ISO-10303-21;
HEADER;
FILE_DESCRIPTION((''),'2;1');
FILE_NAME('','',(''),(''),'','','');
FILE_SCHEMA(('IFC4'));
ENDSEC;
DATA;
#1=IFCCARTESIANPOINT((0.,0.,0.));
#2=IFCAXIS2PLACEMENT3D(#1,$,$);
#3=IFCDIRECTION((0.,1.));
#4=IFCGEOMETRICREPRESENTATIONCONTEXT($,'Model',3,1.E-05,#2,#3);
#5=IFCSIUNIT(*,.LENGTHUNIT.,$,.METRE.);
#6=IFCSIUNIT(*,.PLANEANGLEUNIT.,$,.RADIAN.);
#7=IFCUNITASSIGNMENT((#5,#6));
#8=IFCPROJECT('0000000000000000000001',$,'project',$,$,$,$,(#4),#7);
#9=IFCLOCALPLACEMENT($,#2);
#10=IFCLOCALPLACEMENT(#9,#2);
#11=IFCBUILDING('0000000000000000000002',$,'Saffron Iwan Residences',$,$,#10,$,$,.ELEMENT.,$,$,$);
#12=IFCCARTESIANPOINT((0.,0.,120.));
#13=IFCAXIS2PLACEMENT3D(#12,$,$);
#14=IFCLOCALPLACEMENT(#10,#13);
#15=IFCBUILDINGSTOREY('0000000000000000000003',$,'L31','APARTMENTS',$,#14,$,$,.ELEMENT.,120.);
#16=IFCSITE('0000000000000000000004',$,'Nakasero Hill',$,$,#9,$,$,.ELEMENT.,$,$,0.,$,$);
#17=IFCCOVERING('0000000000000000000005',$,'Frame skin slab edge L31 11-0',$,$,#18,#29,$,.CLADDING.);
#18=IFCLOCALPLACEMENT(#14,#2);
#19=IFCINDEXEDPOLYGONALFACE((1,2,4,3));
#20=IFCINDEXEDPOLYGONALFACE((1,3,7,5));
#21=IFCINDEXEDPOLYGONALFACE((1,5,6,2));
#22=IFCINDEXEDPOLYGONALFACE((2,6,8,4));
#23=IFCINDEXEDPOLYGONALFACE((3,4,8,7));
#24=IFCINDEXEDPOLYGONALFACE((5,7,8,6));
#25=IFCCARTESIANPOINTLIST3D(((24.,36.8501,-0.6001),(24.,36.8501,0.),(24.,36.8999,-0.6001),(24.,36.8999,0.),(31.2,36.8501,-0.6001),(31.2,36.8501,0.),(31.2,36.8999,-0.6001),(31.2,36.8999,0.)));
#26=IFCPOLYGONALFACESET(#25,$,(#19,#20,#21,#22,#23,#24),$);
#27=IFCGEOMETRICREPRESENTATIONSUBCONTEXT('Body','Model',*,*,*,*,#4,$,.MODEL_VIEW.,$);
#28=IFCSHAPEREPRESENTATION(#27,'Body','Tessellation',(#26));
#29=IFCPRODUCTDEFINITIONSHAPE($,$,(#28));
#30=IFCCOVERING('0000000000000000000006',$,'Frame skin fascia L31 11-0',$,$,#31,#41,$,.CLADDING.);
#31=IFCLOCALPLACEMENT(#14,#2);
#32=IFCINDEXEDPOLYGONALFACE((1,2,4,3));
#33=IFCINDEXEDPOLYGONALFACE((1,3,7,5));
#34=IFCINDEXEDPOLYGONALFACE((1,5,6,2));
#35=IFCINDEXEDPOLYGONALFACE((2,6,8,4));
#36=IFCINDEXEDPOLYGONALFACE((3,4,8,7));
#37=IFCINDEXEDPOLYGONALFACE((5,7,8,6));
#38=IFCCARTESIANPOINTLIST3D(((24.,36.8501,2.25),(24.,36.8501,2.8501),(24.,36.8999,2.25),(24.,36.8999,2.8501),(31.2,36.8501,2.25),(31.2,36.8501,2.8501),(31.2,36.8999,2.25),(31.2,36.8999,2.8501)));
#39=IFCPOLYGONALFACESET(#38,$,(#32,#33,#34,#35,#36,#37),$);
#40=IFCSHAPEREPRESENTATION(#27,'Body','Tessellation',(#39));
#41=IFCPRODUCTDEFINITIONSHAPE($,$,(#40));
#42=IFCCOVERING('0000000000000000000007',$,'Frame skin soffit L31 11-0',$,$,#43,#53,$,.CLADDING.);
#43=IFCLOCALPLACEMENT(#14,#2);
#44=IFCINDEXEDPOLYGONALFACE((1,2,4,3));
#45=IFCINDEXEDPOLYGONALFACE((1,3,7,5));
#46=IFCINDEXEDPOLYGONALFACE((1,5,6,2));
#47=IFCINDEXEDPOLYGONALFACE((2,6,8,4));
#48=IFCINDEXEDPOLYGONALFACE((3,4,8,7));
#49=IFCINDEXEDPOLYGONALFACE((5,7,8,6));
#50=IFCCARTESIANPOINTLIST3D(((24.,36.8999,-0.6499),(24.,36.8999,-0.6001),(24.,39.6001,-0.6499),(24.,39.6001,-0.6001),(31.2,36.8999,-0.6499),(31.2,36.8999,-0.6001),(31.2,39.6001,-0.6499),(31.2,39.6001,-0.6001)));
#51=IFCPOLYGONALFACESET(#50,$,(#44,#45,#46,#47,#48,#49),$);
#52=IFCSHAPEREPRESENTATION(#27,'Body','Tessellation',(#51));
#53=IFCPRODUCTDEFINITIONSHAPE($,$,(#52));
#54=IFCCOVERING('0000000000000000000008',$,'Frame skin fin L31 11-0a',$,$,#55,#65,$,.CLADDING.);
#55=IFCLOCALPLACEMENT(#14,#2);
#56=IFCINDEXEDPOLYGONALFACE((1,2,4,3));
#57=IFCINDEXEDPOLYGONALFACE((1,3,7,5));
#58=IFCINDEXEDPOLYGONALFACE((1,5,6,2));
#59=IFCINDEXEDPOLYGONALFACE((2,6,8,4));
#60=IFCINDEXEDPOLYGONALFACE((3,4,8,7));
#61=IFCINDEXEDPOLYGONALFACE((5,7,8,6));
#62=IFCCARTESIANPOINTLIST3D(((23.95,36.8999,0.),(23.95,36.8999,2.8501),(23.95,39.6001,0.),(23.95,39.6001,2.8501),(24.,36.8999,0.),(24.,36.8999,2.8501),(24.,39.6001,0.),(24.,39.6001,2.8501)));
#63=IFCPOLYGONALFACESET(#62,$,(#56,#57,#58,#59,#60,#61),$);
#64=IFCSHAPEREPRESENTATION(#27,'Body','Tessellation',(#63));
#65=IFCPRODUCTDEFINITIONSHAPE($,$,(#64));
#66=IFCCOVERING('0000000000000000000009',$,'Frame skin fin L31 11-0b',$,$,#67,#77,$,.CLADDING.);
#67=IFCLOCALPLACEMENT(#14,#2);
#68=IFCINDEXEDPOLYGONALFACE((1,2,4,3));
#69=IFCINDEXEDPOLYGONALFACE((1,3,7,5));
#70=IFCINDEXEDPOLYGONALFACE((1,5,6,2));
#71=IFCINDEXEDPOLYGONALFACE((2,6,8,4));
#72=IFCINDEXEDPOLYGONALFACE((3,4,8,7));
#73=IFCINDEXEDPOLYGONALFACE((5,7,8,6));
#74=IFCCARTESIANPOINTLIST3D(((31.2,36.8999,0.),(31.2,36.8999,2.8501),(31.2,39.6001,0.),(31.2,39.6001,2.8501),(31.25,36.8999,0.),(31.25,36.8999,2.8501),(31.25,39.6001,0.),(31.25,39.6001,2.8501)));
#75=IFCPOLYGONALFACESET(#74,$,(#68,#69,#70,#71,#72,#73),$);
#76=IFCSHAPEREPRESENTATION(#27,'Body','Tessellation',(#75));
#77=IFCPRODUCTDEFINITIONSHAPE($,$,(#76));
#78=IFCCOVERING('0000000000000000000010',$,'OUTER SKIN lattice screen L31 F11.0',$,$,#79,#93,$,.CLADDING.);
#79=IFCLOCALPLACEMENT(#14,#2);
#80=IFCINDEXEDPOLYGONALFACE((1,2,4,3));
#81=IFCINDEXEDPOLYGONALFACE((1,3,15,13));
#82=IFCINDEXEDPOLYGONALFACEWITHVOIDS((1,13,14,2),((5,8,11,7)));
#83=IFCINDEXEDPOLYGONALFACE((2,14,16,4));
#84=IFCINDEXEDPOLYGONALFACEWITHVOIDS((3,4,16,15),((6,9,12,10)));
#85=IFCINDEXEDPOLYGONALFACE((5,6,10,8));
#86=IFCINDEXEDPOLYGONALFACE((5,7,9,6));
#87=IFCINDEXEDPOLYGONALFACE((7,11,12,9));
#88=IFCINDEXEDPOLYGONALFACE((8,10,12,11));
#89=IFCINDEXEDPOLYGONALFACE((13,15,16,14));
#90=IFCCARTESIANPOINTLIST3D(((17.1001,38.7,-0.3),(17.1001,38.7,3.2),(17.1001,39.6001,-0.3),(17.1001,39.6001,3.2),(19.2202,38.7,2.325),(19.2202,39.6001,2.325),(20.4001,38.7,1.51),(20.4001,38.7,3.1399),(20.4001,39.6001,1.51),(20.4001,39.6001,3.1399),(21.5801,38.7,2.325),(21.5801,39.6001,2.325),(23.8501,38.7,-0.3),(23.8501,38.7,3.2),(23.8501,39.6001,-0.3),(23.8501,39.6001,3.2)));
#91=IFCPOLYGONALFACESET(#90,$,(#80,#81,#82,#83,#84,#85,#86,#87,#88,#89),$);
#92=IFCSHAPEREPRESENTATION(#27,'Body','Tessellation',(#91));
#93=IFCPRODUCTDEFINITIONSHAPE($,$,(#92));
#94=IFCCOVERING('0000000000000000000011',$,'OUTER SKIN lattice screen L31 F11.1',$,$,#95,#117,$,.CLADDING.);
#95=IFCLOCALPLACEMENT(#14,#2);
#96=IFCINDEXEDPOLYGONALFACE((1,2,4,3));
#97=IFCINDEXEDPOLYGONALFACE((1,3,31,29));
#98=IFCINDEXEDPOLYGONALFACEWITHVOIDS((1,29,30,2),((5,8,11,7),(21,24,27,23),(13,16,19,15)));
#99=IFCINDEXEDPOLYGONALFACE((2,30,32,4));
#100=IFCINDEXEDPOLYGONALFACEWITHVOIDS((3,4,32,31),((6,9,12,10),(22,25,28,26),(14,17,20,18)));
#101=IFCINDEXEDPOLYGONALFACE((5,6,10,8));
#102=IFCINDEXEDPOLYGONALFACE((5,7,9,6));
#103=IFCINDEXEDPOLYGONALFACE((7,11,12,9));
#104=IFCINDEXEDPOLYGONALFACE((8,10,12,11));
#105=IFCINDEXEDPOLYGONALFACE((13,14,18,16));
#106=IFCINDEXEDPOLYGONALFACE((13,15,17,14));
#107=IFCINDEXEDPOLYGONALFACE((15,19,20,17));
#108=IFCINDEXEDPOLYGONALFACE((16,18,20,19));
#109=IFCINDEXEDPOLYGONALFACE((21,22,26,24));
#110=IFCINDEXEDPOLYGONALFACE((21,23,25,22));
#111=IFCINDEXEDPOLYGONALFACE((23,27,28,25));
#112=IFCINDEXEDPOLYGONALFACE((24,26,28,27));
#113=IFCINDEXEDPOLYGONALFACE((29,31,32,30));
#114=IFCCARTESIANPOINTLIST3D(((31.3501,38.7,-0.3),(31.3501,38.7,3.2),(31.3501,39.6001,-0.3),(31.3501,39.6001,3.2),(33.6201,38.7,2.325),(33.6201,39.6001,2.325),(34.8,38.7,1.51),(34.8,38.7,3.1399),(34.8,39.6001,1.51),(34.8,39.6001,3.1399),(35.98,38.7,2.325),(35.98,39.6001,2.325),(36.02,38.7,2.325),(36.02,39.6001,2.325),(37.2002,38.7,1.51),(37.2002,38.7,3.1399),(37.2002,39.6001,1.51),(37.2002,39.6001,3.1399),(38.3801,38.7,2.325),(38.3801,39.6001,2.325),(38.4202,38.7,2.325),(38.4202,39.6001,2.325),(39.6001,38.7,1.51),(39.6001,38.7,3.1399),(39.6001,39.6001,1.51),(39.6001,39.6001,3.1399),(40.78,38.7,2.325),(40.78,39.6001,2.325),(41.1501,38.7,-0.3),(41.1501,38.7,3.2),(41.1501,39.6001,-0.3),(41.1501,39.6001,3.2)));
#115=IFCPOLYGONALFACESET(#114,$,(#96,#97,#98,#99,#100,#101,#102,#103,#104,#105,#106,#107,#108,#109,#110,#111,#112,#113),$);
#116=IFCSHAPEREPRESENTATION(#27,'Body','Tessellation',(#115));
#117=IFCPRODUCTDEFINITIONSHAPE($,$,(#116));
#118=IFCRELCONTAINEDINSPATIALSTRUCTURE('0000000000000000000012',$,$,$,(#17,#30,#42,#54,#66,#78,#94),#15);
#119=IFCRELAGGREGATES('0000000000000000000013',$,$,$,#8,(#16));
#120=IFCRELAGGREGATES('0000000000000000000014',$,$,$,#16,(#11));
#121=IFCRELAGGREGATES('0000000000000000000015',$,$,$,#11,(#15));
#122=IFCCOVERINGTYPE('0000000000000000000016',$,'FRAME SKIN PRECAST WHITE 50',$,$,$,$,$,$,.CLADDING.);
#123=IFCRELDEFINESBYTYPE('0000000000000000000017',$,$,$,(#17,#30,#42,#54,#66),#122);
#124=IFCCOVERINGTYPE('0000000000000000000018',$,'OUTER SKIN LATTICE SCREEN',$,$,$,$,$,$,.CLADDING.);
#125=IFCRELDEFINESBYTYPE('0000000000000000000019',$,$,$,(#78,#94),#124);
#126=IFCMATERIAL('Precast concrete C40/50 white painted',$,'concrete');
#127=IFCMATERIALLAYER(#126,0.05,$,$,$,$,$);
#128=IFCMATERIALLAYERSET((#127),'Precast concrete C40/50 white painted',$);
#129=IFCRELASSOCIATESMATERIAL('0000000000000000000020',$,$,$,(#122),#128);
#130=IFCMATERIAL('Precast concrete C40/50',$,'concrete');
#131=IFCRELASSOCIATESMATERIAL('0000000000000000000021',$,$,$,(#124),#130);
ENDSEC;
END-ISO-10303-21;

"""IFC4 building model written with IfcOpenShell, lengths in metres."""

from ifc_helpers import new_model, si_unit, direction, frame, origin, place, context, subcontext, project, spatial, polyline, outline, extrude, material, layer, layer_set, type_object, element, save


model = new_model("IFC4")

# Units and contexts
model_context = context("Model", 3, precision=1e-05, world=origin(), true_north=direction((0.0, 1.0)))
body_context = subcontext(model_context, "Body", "Model", "MODEL_VIEW")
ifc_project = project(units=[si_unit("LENGTHUNIT", "METRE"), si_unit("PLANEANGLEUNIT", "RADIAN")], contexts=[model_context])

# Site, building, storey
site_placement = place(None, origin())
site = spatial("IfcSite", under=ifc_project, at=site_placement, Name="Nakasero Hill", CompositionType="ELEMENT", RefElevation=0.0)
building_placement = place(site_placement, origin())
building = spatial("IfcBuilding", under=site, at=building_placement, Name="Saffron Iwan Residences", CompositionType="ELEMENT")
storey_placement = place(building_placement, frame((0.0, 0.0, 120.0)))
storey = spatial("IfcBuildingStorey", under=building, at=storey_placement, Name="L31", Description="APARTMENTS", CompositionType="ELEMENT", Elevation=120.0)

# Coverings
ifc_material_1 = material(Name="Precast concrete C40/50 white painted", Category="concrete")
ifc_layer_1 = layer(ifc_material_1, 0.05)
ifc_layer_set_1 = layer_set([ifc_layer_1], Name="Precast concrete C40/50 white painted")
covering_type_1 = type_object("IfcCoveringType", Name="FRAME SKIN PRECAST WHITE 50", PredefinedType="CLADDING", material=ifc_layer_set_1)
for number, where, name in (
    (1, (0.0, 0.0, -0.6001), "Frame skin slab edge L31 11-0"),
    (2, (0.0, 0.0, 2.25), "Frame skin fascia L31 11-0"),
):
    element("IfcCovering", number, at=place(storey_placement, frame(where)), inside=storey, type_object=covering_type_1, Name=name, PredefinedType="CLADDING", context=body_context, shape_type="SweptSolid", body=[
        extrude(outline(polyline([(24.0, 36.8501), (31.2, 36.8501), (31.2, 36.8999), (24.0, 36.8999), (24.0, 36.8501)])), origin(), (0.0, 0.0, 1.0), 0.6001),
    ])
covering_1_placement = place(storey_placement, frame((0.0, 0.0, -0.6499)))
element("IfcCovering", 3, at=covering_1_placement, inside=storey, type_object=covering_type_1, Name="Frame skin soffit L31 11-0", PredefinedType="CLADDING", context=body_context, shape_type="SweptSolid", body=[
    extrude(outline(polyline([(24.0, 36.8999), (31.2, 36.8999), (31.2, 39.6001), (24.0, 39.6001), (24.0, 36.8999)])), origin(), (0.0, 0.0, 1.0), 0.0498),
])
covering_2_placement = place(storey_placement, origin())
element("IfcCovering", 4, at=covering_2_placement, inside=storey, type_object=covering_type_1, Name="Frame skin fin L31 11-0a", PredefinedType="CLADDING", context=body_context, shape_type="SweptSolid", body=[
    extrude(outline(polyline([(23.95, 36.8999), (24.0, 36.8999), (24.0, 39.6001), (23.95, 39.6001), (23.95, 36.8999)])), origin(), (0.0, 0.0, 1.0), 2.8501),
])
covering_3_placement = place(storey_placement, origin())
element("IfcCovering", 5, at=covering_3_placement, inside=storey, type_object=covering_type_1, Name="Frame skin fin L31 11-0b", PredefinedType="CLADDING", context=body_context, shape_type="SweptSolid", body=[
    extrude(outline(polyline([(31.2, 36.8999), (31.25, 36.8999), (31.25, 39.6001), (31.2, 39.6001), (31.2, 36.8999)])), origin(), (0.0, 0.0, 1.0), 2.8501),
])
ifc_material_2 = material(Name="Precast concrete C40/50", Category="concrete")
covering_type_2 = type_object("IfcCoveringType", Name="OUTER SKIN LATTICE SCREEN", PredefinedType="CLADDING", material=ifc_material_2)
covering_4_placement = place(storey_placement, frame((17.1001, 39.6001, -0.3), z_axis=(0.0, -1.0, 0.0), x_axis=(1.0, 0.0, 0.0)))
element("IfcCovering", 6, at=covering_4_placement, inside=storey, type_object=covering_type_2, Name="OUTER SKIN lattice screen L31 F11.0", PredefinedType="CLADDING", context=body_context, shape_type="SweptSolid", body=[
    extrude(outline(polyline([(0.0, 0.0), (6.75, 0.0), (6.75, 3.5), (0.0, 3.5), (0.0, 0.0)]), holes=[polyline([(2.1201, 2.625), (3.3, 1.8101), (4.48, 2.625), (3.3, 3.4399), (2.1201, 2.625)])]), origin(), (0.0, 0.0, 1.0), 0.9001),
])
covering_5_placement = place(storey_placement, frame((31.3501, 39.6001, -0.3), z_axis=(0.0, -1.0, 0.0), x_axis=(1.0, 0.0, 0.0)))
element("IfcCovering", 7, at=covering_5_placement, inside=storey, type_object=covering_type_2, Name="OUTER SKIN lattice screen L31 F11.1", PredefinedType="CLADDING", context=body_context, shape_type="SweptSolid", body=[
    extrude(outline(polyline([(0.0, 0.0), (9.8, 0.0), (9.8, 3.5), (0.0, 3.5), (0.0, 0.0)]), holes=[polyline([(2.27, 2.625), (3.45, 1.8101), (4.6299, 2.625), (3.45, 3.4399), (2.27, 2.625)]), polyline([(4.6699, 2.625), (5.8501, 1.8101), (7.03, 2.625), (5.8501, 3.4399), (4.6699, 2.625)]), polyline([(7.0701, 2.625), (8.25, 1.8101), (9.4299, 2.625), (8.25, 3.4399), (7.0701, 2.625)])]), origin(), (0.0, 0.0, 1.0), 0.9001),
])

save(model, "model.ifc")
